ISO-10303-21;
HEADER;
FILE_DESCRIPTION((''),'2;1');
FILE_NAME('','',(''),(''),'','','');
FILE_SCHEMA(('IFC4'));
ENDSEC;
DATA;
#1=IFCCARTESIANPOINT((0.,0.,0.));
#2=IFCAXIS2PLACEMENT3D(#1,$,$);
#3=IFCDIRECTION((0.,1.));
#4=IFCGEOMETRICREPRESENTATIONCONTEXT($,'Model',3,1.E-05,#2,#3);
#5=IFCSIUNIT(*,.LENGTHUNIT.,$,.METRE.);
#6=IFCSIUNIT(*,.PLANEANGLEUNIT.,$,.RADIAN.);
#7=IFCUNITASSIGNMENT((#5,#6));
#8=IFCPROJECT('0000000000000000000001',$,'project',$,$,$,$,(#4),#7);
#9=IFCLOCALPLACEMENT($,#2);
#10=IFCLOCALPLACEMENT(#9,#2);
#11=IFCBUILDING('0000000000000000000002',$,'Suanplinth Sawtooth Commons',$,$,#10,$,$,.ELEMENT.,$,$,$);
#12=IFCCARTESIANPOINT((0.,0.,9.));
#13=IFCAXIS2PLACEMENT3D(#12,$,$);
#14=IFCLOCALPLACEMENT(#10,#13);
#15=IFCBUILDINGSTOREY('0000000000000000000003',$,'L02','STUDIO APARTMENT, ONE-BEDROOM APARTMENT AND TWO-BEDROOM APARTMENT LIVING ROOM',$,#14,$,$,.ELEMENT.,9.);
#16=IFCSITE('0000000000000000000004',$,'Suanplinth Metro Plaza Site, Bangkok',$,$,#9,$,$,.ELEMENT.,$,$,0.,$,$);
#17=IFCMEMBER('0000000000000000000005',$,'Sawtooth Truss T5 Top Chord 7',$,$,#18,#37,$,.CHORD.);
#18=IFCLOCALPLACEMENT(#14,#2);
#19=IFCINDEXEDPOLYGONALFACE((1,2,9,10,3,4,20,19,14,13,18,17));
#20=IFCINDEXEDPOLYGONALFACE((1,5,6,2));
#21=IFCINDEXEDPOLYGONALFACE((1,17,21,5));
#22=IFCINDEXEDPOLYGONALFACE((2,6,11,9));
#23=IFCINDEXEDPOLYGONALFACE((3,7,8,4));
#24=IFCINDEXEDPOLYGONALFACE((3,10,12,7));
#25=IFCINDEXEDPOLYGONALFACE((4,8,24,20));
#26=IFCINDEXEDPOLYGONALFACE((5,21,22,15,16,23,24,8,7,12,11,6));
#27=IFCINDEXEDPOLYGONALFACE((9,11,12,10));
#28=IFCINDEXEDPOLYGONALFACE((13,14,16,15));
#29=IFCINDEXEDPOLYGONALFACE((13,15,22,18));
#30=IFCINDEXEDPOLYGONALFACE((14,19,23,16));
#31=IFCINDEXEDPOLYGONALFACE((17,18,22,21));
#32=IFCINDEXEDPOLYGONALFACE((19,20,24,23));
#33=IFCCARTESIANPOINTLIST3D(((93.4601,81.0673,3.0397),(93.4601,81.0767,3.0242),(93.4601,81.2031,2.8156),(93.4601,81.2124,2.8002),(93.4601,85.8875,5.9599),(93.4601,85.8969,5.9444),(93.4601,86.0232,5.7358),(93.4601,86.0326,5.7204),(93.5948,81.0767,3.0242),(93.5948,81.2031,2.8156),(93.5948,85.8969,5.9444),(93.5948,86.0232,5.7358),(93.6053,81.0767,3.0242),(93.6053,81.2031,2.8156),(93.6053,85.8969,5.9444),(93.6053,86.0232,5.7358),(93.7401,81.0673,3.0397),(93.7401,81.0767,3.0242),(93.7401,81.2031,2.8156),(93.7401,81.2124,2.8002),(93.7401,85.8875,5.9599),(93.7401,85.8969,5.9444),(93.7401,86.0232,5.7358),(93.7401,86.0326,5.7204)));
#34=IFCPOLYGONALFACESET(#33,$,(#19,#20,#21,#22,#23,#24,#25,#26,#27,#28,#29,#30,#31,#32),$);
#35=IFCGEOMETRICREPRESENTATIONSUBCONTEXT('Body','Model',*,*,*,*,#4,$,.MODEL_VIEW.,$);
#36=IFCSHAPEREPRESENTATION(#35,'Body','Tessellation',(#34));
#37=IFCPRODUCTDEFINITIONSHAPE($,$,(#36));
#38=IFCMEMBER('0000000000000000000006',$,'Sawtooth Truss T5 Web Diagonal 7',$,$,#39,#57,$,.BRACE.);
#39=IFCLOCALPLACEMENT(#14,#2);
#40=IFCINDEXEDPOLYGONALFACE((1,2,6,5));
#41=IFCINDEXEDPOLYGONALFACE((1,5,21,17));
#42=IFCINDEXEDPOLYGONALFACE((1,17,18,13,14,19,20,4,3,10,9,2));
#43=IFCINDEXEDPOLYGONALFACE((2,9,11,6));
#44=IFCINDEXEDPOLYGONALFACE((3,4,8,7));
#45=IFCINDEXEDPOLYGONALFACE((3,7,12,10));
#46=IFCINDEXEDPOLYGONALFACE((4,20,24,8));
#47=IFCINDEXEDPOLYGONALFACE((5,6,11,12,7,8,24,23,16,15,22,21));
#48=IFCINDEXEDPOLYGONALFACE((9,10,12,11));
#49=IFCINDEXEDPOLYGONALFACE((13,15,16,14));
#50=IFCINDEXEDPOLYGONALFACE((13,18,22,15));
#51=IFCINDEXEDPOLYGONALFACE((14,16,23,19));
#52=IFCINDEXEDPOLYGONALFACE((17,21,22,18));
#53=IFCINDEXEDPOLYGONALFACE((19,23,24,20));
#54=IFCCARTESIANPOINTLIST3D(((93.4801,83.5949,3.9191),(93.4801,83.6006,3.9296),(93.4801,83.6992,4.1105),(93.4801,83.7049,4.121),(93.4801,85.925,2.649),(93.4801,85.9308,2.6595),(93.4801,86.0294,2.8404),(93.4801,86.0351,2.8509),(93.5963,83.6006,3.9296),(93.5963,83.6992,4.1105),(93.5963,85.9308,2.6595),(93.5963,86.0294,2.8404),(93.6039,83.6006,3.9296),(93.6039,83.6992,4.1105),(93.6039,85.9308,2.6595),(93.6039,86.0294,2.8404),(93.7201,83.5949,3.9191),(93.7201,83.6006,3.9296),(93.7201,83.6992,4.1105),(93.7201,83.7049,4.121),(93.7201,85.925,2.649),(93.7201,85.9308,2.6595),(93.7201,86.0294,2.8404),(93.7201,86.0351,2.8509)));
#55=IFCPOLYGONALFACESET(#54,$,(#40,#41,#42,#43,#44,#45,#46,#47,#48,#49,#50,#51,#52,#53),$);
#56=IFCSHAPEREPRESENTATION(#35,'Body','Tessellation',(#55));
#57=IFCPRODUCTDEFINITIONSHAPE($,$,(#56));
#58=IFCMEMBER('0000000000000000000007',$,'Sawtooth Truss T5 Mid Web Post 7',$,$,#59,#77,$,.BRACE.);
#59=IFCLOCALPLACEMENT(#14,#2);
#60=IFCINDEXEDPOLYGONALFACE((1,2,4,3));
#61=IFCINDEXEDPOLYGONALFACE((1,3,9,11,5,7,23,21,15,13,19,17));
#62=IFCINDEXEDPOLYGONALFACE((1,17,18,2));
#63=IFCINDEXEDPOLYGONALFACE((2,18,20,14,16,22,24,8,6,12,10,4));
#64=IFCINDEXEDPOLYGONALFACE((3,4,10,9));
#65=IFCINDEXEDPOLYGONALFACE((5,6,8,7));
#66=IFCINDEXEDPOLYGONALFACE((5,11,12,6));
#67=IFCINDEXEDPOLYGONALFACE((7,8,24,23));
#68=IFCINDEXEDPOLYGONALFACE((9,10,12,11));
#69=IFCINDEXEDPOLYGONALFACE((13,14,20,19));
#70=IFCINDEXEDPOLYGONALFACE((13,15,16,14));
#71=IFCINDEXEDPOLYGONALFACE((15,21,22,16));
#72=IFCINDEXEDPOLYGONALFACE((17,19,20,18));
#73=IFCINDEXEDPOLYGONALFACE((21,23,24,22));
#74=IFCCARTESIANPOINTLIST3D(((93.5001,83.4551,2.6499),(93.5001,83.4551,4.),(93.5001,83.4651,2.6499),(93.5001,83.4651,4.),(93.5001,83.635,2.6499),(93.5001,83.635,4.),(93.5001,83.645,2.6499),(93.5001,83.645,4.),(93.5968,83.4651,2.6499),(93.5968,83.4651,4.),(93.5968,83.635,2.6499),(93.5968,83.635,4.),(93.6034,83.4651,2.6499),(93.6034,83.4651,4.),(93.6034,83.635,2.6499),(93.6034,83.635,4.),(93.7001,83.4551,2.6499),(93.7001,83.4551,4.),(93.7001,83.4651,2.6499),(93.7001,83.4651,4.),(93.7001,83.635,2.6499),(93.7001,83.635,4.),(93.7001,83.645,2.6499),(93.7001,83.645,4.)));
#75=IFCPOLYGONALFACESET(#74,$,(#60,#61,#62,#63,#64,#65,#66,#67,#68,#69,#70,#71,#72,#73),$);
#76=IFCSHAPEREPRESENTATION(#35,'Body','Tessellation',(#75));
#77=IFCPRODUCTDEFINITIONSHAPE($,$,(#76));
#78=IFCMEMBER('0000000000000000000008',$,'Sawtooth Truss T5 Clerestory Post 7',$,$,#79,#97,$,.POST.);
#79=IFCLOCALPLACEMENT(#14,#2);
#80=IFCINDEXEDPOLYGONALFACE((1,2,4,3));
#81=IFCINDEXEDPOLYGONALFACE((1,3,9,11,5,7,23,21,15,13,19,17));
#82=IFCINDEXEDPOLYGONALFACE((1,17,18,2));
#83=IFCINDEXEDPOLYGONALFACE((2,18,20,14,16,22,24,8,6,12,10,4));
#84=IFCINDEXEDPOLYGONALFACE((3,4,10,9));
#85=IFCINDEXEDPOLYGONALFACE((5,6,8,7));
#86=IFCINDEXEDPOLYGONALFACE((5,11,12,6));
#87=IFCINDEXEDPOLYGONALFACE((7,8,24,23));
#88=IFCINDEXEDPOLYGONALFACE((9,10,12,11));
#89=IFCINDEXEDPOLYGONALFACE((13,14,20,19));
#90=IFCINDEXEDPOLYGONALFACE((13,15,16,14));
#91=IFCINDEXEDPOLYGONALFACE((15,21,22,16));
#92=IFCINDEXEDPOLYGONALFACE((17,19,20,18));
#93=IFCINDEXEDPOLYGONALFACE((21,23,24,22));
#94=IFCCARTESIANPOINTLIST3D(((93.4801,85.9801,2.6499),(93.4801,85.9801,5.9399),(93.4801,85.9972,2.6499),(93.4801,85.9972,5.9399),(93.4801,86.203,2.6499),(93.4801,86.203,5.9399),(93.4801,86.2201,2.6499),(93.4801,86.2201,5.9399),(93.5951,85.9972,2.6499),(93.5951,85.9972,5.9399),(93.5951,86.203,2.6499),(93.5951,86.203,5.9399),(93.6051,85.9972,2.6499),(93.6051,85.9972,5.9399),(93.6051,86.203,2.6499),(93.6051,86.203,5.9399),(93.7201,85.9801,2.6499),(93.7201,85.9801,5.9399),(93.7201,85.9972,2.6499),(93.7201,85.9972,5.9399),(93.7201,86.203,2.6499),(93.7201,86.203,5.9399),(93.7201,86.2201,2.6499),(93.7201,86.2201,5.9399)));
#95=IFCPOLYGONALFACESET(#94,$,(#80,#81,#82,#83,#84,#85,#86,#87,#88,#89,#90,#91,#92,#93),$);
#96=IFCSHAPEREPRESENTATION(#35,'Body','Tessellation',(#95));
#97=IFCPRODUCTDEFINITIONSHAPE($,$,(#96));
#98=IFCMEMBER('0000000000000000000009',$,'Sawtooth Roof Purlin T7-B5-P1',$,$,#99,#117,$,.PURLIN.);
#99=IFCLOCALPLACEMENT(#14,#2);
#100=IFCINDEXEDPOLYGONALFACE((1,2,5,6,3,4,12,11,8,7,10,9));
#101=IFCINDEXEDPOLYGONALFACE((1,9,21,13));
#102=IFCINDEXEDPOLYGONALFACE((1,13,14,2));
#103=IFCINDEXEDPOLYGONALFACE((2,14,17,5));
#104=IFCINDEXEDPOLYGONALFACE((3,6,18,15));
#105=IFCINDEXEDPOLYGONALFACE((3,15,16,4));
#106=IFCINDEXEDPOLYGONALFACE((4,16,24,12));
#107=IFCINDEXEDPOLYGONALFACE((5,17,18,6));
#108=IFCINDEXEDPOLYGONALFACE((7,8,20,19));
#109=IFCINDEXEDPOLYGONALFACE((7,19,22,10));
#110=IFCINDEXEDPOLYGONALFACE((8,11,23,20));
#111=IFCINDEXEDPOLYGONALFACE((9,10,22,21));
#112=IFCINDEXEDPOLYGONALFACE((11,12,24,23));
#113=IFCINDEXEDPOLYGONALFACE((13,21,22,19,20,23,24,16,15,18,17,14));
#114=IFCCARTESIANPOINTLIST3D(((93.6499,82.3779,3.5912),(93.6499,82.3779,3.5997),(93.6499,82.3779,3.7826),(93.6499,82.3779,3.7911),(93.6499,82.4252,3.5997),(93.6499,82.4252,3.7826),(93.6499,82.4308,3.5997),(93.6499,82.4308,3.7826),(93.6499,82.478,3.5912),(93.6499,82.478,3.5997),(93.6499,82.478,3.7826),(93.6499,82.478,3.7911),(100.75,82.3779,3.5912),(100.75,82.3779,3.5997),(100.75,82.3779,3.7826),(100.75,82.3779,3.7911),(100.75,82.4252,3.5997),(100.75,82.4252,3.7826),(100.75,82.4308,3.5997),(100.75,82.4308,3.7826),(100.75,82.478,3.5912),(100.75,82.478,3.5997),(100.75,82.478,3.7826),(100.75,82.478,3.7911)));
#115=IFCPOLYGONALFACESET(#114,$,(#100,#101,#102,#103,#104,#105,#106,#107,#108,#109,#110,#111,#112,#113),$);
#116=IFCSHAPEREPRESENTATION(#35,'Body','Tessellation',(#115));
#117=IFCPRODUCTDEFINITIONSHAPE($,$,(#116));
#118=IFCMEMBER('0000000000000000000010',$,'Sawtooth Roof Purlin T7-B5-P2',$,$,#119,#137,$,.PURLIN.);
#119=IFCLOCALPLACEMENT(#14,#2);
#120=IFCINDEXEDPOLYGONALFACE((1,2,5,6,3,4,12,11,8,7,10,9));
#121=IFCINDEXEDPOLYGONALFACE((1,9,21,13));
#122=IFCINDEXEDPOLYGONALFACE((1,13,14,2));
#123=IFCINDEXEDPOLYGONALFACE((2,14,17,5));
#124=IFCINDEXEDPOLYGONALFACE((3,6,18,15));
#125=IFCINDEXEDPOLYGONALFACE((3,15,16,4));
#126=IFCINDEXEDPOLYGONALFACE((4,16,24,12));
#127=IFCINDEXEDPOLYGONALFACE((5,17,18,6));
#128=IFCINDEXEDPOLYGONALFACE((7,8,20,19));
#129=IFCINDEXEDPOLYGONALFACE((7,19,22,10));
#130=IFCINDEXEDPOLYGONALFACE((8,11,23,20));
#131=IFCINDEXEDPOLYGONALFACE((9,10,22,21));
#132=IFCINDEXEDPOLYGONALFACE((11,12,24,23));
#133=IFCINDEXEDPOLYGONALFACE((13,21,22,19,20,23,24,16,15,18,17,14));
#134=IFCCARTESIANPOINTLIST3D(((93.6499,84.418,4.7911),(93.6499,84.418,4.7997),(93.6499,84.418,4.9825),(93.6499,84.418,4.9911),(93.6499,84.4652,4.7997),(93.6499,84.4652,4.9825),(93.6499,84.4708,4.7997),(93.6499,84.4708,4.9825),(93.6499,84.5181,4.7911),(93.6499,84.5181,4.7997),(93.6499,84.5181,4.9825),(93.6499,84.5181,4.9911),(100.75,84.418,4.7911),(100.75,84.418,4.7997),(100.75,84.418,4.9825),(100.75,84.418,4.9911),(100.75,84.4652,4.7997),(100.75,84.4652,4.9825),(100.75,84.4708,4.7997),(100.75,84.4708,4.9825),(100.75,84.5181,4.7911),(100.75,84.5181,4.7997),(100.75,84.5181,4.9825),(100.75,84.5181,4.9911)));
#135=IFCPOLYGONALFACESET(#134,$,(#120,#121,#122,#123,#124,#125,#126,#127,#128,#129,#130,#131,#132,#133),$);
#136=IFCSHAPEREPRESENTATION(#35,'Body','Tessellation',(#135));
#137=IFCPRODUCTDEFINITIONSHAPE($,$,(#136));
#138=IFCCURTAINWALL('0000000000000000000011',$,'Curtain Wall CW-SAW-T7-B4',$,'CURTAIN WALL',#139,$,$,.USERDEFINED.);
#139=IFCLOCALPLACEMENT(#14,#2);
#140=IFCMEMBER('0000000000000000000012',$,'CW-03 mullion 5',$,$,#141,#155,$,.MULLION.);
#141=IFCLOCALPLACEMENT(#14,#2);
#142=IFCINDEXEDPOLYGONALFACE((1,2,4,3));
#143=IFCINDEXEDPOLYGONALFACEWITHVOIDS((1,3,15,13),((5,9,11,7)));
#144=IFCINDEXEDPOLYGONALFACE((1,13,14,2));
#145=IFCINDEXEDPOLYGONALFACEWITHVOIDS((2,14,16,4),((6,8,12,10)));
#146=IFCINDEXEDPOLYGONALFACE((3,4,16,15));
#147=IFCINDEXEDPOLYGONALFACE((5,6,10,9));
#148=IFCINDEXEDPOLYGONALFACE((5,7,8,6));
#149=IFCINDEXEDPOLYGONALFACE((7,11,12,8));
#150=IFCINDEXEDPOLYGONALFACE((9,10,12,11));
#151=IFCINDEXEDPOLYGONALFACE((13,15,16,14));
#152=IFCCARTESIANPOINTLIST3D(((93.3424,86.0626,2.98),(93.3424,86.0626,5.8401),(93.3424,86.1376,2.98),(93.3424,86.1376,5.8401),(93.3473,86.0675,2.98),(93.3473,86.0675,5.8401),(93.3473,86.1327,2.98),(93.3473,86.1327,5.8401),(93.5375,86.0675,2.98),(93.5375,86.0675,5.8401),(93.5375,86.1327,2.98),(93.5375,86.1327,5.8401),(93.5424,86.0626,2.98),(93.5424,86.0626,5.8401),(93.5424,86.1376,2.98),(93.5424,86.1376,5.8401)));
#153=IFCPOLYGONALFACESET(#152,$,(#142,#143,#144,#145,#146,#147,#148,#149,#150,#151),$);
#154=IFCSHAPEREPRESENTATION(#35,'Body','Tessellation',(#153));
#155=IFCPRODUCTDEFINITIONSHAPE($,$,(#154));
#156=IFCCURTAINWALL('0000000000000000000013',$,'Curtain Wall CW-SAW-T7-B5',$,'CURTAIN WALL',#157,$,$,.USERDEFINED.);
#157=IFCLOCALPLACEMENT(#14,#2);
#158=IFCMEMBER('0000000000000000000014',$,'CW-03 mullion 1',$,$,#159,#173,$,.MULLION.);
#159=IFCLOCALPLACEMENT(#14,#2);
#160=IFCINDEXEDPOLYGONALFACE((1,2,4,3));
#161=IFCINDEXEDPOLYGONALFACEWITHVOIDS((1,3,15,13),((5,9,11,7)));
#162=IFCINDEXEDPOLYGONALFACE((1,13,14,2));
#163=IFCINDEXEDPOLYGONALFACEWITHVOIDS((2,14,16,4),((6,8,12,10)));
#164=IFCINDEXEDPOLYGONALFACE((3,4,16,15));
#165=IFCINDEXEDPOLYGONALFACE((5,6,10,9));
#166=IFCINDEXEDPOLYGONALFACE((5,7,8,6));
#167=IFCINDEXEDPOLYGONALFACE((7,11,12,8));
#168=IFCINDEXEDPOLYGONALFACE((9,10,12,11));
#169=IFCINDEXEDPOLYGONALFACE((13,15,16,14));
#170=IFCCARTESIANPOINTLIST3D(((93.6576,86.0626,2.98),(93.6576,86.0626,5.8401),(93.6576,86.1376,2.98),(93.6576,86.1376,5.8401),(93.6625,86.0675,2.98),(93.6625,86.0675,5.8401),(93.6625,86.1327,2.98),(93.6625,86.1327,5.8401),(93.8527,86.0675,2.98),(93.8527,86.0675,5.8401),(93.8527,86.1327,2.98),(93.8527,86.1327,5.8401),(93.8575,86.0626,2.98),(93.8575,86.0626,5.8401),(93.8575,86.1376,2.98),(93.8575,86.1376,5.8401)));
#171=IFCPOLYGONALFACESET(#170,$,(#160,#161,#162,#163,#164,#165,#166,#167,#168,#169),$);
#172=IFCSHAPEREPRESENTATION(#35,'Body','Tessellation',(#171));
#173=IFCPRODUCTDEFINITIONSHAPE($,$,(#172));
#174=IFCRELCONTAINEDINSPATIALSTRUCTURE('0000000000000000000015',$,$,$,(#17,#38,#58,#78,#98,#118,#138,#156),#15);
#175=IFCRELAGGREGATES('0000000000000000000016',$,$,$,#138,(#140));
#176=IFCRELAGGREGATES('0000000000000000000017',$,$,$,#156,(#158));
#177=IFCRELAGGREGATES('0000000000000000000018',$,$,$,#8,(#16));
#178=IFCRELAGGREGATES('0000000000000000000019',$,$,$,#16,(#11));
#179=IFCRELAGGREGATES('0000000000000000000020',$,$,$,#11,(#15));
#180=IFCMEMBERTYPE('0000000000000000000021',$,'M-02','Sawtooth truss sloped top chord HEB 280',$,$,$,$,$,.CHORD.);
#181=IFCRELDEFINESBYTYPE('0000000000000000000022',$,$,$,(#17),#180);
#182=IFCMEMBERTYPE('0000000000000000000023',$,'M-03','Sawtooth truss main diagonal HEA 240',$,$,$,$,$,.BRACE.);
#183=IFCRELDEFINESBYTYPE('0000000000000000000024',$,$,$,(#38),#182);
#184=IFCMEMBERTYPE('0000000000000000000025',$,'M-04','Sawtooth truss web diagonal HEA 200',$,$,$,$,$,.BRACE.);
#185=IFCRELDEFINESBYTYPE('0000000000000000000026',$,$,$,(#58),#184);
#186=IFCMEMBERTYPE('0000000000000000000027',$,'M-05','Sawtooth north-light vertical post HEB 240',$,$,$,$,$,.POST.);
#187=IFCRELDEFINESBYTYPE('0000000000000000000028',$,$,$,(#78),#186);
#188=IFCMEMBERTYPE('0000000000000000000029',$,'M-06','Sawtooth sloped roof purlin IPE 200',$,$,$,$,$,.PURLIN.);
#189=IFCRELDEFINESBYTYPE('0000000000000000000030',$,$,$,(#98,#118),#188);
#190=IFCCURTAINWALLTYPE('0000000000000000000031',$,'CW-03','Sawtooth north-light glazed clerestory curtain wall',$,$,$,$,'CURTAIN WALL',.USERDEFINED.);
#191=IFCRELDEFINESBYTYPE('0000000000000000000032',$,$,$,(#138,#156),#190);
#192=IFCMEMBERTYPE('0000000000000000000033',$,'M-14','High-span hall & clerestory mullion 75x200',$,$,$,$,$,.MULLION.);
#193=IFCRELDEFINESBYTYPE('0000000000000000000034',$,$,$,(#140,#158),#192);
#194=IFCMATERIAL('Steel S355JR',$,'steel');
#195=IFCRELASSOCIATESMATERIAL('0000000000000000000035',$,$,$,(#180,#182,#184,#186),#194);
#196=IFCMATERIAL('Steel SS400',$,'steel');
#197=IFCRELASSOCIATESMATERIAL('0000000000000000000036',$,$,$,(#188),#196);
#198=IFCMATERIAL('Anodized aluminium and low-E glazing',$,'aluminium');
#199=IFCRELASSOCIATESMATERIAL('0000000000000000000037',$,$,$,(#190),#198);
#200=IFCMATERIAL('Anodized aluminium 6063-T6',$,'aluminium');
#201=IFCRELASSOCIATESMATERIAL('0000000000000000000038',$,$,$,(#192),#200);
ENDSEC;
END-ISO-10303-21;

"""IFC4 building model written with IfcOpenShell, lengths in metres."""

from ifc_helpers import new_model, si_unit, direction, frame, origin, origin_2d, place, context, subcontext, project, spatial, hollow_rectangle, i_section, extrude, material, material_profile, profile_set, type_object, element, aggregate, save


model = new_model("IFC4")

# Units and contexts
model_context = context("Model", 3, precision=1e-05, world=origin(), true_north=direction((0.0, 1.0)))
body_context = subcontext(model_context, "Body", "Model", "MODEL_VIEW")
ifc_project = project(units=[si_unit("LENGTHUNIT", "METRE"), si_unit("PLANEANGLEUNIT", "RADIAN")], contexts=[model_context])

# Site, building, storey
site_placement = place(None, origin())
site = spatial("IfcSite", under=ifc_project, at=site_placement, Name="Suanplinth Metro Plaza Site, Bangkok", CompositionType="ELEMENT", RefElevation=0.0)
building_placement = place(site_placement, origin())
building = spatial("IfcBuilding", under=site, at=building_placement, Name="Suanplinth Sawtooth Commons", CompositionType="ELEMENT")
storey_placement = place(building_placement, frame((0.0, 0.0, 9.0)))
storey = spatial("IfcBuildingStorey", under=building, at=storey_placement, Name="L02", Description="STUDIO APARTMENT, ONE-BEDROOM APARTMENT AND TWO-BEDROOM APARTMENT LIVING ROOM", CompositionType="ELEMENT", Elevation=9.0)

# Members
ifc_material_1 = material(Name="Steel S355JR", Category="steel")
ifc_material_profile_1 = material_profile(ifc_material_1, i_section(OverallWidth=0.28, OverallDepth=0.28, WebThickness=0.0105, FlangeThickness=0.0181, at=origin_2d()), Name="HEB 280")
ifc_profile_set_1 = profile_set([ifc_material_profile_1], Name="Steel S355JR")
member_type_1 = type_object("IfcMemberType", Name="M-02", Description="Sawtooth truss sloped top chord HEB 280", PredefinedType="CHORD", material=ifc_profile_set_1)
member_1_placement = place(storey_placement, frame((93.6001, 81.1399, 2.9199), z_axis=(0.0, 0.855283, 0.518161), x_axis=(-1.0, 0.0, 0.0)))
element("IfcMember", 1, at=member_1_placement, inside=storey, type_object=member_type_1, Name="Sawtooth Truss T5 Top Chord 7", PredefinedType="CHORD", context=body_context, shape_type="SweptSolid", body=[
    extrude(i_section(OverallWidth=0.28, OverallDepth=0.28, WebThickness=0.0105, FlangeThickness=0.0181, at=origin_2d()), origin(), (0.0, 0.0, 1.0), 5.6357),
])
ifc_material_profile_2 = material_profile(ifc_material_1, i_section(OverallWidth=0.24, OverallDepth=0.23, WebThickness=0.0076, FlangeThickness=0.012, at=origin_2d()), Name="HEA 240")
ifc_profile_set_2 = profile_set([ifc_material_profile_2], Name="Steel S355JR")
member_type_2 = type_object("IfcMemberType", Name="M-03", Description="Sawtooth truss main diagonal HEA 240", PredefinedType="BRACE", material=ifc_profile_set_2)
member_2_placement = place(storey_placement, frame((93.6001, 83.6499, 4.02), z_axis=(0.0, 0.878043, -0.478581), x_axis=(-1.0, 0.0, 0.0)))
element("IfcMember", 2, at=member_2_placement, inside=storey, type_object=member_type_2, Name="Sawtooth Truss T5 Web Diagonal 7", PredefinedType="BRACE", context=body_context, shape_type="SweptSolid", body=[
    extrude(i_section(OverallWidth=0.24, OverallDepth=0.23, WebThickness=0.0076, FlangeThickness=0.012, at=origin_2d()), origin(), (0.0, 0.0, 1.0), 2.6538),
])
ifc_material_profile_3 = material_profile(ifc_material_1, i_section(OverallWidth=0.2, OverallDepth=0.1899, WebThickness=0.0066, FlangeThickness=0.01, at=origin_2d()), Name="HEA 200")
ifc_profile_set_3 = profile_set([ifc_material_profile_3], Name="Steel S355JR")
member_type_3 = type_object("IfcMemberType", Name="M-04", Description="Sawtooth truss web diagonal HEA 200", PredefinedType="BRACE", material=ifc_profile_set_3)
member_3_placement = place(storey_placement, frame((93.6001, 83.55, 2.6499), z_axis=(0.0, 0.0, 1.0), x_axis=(1.0, 0.0, 0.0)))
element("IfcMember", 3, at=member_3_placement, inside=storey, type_object=member_type_3, Name="Sawtooth Truss T5 Mid Web Post 7", PredefinedType="BRACE", context=body_context, shape_type="SweptSolid", body=[
    extrude(i_section(OverallWidth=0.2, OverallDepth=0.1899, WebThickness=0.0066, FlangeThickness=0.01, at=origin_2d()), origin(), (0.0, 0.0, 1.0), 1.3501),
])
ifc_material_profile_4 = material_profile(ifc_material_1, i_section(OverallWidth=0.24, OverallDepth=0.24, WebThickness=0.01, FlangeThickness=0.0171, at=origin_2d()), Name="HEB 240")
ifc_profile_set_4 = profile_set([ifc_material_profile_4], Name="Steel S355JR")
member_type_4 = type_object("IfcMemberType", Name="M-05", Description="Sawtooth north-light vertical post HEB 240", PredefinedType="POST", material=ifc_profile_set_4)
member_4_placement = place(storey_placement, frame((93.6001, 86.1001, 2.6499), z_axis=(0.0, 0.0, 1.0), x_axis=(1.0, 0.0, 0.0)))
element("IfcMember", 4, at=member_4_placement, inside=storey, type_object=member_type_4, Name="Sawtooth Truss T5 Clerestory Post 7", PredefinedType="POST", context=body_context, shape_type="SweptSolid", body=[
    extrude(i_section(OverallWidth=0.24, OverallDepth=0.24, WebThickness=0.01, FlangeThickness=0.0171, at=origin_2d()), origin(), (0.0, 0.0, 1.0), 3.29),
])
ifc_material_2 = material(Name="Steel SS400", Category="steel")
ifc_material_profile_5 = material_profile(ifc_material_2, i_section(OverallWidth=0.1001, OverallDepth=0.2, WebThickness=0.0056, FlangeThickness=0.0085, at=origin_2d()), Name="IPE 200")
ifc_profile_set_5 = profile_set([ifc_material_profile_5], Name="Steel SS400")
member_type_5 = type_object("IfcMemberType", Name="M-06", Description="Sawtooth sloped roof purlin IPE 200", PredefinedType="PURLIN", material=ifc_profile_set_5)
for number, where, z_axis, x_axis, name in (
    (5, (93.6499, 82.428, 3.6912), (1.0, 0.0, 0.0), (0.0, 1.0, 0.0), "Sawtooth Roof Purlin T7-B5-P1"),
    (6, (93.6499, 84.468, 4.8911), (1.0, 0.0, 0.0), (0.0, 1.0, 0.0), "Sawtooth Roof Purlin T7-B5-P2"),
):
    element("IfcMember", number, at=place(storey_placement, frame(where, z_axis=z_axis, x_axis=x_axis)), inside=storey, type_object=member_type_5, Name=name, PredefinedType="PURLIN", context=body_context, shape_type="SweptSolid", body=[
        extrude(i_section(OverallWidth=0.1001, OverallDepth=0.2, WebThickness=0.0056, FlangeThickness=0.0085, at=origin_2d()), origin(), (0.0, 0.0, 1.0), 7.1001),
    ])

# Curtain wall, member
ifc_material_3 = material(Name="Anodized aluminium and low-E glazing", Category="aluminium")
curtain_wall_type = type_object("IfcCurtainWallType", Name="CW-03", Description="Sawtooth north-light glazed clerestory curtain wall", ElementType="CURTAIN WALL", PredefinedType="USERDEFINED", material=ifc_material_3)
curtain_wall_1_placement = place(storey_placement, origin())
curtain_wall_1 = element("IfcCurtainWall", 7, at=curtain_wall_1_placement, inside=storey, type_object=curtain_wall_type, Name="Curtain Wall CW-SAW-T7-B4", ObjectType="CURTAIN WALL", PredefinedType="USERDEFINED")
ifc_material_4 = material(Name="Anodized aluminium 6063-T6", Category="aluminium")
ifc_material_profile_6 = material_profile(ifc_material_4, hollow_rectangle(XDim=0.075, YDim=0.2, WallThickness=0.0049, at=origin_2d()), Name="ALU-MUL 75x200")
ifc_profile_set_6 = profile_set([ifc_material_profile_6], Name="Anodized aluminium 6063-T6")
member_type_6 = type_object("IfcMemberType", Name="M-14", Description="High-span hall & clerestory mullion 75x200", PredefinedType="MULLION", material=ifc_profile_set_6)
member_5_placement = place(storey_placement, frame((93.4424, 86.1001, 2.98), z_axis=(0.0, 0.0, 1.0), x_axis=(0.0, 1.0, 0.0)))
member_5 = element("IfcMember", 8, at=member_5_placement, type_object=member_type_6, Name="CW-03 mullion 5", PredefinedType="MULLION", context=body_context, shape_type="SweptSolid", body=[
    extrude(hollow_rectangle(XDim=0.075, YDim=0.2, WallThickness=0.0049, at=origin_2d()), origin(), (0.0, 0.0, 1.0), 2.8601),
])

# Curtain wall, member
curtain_wall_2_placement = place(storey_placement, origin())
curtain_wall_2 = element("IfcCurtainWall", 9, at=curtain_wall_2_placement, inside=storey, type_object=curtain_wall_type, Name="Curtain Wall CW-SAW-T7-B5", ObjectType="CURTAIN WALL", PredefinedType="USERDEFINED")
member_6_placement = place(storey_placement, frame((93.7576, 86.1001, 2.98), z_axis=(0.0, 0.0, 1.0), x_axis=(0.0, 1.0, 0.0)))
member_6 = element("IfcMember", 10, at=member_6_placement, type_object=member_type_6, Name="CW-03 mullion 1", PredefinedType="MULLION", context=body_context, shape_type="SweptSolid", body=[
    extrude(hollow_rectangle(XDim=0.075, YDim=0.2, WallThickness=0.0049, at=origin_2d()), origin(), (0.0, 0.0, 1.0), 2.8601),
])

aggregate(curtain_wall_1, [member_5])
aggregate(curtain_wall_2, [member_6])

save(model, "model.ifc")
